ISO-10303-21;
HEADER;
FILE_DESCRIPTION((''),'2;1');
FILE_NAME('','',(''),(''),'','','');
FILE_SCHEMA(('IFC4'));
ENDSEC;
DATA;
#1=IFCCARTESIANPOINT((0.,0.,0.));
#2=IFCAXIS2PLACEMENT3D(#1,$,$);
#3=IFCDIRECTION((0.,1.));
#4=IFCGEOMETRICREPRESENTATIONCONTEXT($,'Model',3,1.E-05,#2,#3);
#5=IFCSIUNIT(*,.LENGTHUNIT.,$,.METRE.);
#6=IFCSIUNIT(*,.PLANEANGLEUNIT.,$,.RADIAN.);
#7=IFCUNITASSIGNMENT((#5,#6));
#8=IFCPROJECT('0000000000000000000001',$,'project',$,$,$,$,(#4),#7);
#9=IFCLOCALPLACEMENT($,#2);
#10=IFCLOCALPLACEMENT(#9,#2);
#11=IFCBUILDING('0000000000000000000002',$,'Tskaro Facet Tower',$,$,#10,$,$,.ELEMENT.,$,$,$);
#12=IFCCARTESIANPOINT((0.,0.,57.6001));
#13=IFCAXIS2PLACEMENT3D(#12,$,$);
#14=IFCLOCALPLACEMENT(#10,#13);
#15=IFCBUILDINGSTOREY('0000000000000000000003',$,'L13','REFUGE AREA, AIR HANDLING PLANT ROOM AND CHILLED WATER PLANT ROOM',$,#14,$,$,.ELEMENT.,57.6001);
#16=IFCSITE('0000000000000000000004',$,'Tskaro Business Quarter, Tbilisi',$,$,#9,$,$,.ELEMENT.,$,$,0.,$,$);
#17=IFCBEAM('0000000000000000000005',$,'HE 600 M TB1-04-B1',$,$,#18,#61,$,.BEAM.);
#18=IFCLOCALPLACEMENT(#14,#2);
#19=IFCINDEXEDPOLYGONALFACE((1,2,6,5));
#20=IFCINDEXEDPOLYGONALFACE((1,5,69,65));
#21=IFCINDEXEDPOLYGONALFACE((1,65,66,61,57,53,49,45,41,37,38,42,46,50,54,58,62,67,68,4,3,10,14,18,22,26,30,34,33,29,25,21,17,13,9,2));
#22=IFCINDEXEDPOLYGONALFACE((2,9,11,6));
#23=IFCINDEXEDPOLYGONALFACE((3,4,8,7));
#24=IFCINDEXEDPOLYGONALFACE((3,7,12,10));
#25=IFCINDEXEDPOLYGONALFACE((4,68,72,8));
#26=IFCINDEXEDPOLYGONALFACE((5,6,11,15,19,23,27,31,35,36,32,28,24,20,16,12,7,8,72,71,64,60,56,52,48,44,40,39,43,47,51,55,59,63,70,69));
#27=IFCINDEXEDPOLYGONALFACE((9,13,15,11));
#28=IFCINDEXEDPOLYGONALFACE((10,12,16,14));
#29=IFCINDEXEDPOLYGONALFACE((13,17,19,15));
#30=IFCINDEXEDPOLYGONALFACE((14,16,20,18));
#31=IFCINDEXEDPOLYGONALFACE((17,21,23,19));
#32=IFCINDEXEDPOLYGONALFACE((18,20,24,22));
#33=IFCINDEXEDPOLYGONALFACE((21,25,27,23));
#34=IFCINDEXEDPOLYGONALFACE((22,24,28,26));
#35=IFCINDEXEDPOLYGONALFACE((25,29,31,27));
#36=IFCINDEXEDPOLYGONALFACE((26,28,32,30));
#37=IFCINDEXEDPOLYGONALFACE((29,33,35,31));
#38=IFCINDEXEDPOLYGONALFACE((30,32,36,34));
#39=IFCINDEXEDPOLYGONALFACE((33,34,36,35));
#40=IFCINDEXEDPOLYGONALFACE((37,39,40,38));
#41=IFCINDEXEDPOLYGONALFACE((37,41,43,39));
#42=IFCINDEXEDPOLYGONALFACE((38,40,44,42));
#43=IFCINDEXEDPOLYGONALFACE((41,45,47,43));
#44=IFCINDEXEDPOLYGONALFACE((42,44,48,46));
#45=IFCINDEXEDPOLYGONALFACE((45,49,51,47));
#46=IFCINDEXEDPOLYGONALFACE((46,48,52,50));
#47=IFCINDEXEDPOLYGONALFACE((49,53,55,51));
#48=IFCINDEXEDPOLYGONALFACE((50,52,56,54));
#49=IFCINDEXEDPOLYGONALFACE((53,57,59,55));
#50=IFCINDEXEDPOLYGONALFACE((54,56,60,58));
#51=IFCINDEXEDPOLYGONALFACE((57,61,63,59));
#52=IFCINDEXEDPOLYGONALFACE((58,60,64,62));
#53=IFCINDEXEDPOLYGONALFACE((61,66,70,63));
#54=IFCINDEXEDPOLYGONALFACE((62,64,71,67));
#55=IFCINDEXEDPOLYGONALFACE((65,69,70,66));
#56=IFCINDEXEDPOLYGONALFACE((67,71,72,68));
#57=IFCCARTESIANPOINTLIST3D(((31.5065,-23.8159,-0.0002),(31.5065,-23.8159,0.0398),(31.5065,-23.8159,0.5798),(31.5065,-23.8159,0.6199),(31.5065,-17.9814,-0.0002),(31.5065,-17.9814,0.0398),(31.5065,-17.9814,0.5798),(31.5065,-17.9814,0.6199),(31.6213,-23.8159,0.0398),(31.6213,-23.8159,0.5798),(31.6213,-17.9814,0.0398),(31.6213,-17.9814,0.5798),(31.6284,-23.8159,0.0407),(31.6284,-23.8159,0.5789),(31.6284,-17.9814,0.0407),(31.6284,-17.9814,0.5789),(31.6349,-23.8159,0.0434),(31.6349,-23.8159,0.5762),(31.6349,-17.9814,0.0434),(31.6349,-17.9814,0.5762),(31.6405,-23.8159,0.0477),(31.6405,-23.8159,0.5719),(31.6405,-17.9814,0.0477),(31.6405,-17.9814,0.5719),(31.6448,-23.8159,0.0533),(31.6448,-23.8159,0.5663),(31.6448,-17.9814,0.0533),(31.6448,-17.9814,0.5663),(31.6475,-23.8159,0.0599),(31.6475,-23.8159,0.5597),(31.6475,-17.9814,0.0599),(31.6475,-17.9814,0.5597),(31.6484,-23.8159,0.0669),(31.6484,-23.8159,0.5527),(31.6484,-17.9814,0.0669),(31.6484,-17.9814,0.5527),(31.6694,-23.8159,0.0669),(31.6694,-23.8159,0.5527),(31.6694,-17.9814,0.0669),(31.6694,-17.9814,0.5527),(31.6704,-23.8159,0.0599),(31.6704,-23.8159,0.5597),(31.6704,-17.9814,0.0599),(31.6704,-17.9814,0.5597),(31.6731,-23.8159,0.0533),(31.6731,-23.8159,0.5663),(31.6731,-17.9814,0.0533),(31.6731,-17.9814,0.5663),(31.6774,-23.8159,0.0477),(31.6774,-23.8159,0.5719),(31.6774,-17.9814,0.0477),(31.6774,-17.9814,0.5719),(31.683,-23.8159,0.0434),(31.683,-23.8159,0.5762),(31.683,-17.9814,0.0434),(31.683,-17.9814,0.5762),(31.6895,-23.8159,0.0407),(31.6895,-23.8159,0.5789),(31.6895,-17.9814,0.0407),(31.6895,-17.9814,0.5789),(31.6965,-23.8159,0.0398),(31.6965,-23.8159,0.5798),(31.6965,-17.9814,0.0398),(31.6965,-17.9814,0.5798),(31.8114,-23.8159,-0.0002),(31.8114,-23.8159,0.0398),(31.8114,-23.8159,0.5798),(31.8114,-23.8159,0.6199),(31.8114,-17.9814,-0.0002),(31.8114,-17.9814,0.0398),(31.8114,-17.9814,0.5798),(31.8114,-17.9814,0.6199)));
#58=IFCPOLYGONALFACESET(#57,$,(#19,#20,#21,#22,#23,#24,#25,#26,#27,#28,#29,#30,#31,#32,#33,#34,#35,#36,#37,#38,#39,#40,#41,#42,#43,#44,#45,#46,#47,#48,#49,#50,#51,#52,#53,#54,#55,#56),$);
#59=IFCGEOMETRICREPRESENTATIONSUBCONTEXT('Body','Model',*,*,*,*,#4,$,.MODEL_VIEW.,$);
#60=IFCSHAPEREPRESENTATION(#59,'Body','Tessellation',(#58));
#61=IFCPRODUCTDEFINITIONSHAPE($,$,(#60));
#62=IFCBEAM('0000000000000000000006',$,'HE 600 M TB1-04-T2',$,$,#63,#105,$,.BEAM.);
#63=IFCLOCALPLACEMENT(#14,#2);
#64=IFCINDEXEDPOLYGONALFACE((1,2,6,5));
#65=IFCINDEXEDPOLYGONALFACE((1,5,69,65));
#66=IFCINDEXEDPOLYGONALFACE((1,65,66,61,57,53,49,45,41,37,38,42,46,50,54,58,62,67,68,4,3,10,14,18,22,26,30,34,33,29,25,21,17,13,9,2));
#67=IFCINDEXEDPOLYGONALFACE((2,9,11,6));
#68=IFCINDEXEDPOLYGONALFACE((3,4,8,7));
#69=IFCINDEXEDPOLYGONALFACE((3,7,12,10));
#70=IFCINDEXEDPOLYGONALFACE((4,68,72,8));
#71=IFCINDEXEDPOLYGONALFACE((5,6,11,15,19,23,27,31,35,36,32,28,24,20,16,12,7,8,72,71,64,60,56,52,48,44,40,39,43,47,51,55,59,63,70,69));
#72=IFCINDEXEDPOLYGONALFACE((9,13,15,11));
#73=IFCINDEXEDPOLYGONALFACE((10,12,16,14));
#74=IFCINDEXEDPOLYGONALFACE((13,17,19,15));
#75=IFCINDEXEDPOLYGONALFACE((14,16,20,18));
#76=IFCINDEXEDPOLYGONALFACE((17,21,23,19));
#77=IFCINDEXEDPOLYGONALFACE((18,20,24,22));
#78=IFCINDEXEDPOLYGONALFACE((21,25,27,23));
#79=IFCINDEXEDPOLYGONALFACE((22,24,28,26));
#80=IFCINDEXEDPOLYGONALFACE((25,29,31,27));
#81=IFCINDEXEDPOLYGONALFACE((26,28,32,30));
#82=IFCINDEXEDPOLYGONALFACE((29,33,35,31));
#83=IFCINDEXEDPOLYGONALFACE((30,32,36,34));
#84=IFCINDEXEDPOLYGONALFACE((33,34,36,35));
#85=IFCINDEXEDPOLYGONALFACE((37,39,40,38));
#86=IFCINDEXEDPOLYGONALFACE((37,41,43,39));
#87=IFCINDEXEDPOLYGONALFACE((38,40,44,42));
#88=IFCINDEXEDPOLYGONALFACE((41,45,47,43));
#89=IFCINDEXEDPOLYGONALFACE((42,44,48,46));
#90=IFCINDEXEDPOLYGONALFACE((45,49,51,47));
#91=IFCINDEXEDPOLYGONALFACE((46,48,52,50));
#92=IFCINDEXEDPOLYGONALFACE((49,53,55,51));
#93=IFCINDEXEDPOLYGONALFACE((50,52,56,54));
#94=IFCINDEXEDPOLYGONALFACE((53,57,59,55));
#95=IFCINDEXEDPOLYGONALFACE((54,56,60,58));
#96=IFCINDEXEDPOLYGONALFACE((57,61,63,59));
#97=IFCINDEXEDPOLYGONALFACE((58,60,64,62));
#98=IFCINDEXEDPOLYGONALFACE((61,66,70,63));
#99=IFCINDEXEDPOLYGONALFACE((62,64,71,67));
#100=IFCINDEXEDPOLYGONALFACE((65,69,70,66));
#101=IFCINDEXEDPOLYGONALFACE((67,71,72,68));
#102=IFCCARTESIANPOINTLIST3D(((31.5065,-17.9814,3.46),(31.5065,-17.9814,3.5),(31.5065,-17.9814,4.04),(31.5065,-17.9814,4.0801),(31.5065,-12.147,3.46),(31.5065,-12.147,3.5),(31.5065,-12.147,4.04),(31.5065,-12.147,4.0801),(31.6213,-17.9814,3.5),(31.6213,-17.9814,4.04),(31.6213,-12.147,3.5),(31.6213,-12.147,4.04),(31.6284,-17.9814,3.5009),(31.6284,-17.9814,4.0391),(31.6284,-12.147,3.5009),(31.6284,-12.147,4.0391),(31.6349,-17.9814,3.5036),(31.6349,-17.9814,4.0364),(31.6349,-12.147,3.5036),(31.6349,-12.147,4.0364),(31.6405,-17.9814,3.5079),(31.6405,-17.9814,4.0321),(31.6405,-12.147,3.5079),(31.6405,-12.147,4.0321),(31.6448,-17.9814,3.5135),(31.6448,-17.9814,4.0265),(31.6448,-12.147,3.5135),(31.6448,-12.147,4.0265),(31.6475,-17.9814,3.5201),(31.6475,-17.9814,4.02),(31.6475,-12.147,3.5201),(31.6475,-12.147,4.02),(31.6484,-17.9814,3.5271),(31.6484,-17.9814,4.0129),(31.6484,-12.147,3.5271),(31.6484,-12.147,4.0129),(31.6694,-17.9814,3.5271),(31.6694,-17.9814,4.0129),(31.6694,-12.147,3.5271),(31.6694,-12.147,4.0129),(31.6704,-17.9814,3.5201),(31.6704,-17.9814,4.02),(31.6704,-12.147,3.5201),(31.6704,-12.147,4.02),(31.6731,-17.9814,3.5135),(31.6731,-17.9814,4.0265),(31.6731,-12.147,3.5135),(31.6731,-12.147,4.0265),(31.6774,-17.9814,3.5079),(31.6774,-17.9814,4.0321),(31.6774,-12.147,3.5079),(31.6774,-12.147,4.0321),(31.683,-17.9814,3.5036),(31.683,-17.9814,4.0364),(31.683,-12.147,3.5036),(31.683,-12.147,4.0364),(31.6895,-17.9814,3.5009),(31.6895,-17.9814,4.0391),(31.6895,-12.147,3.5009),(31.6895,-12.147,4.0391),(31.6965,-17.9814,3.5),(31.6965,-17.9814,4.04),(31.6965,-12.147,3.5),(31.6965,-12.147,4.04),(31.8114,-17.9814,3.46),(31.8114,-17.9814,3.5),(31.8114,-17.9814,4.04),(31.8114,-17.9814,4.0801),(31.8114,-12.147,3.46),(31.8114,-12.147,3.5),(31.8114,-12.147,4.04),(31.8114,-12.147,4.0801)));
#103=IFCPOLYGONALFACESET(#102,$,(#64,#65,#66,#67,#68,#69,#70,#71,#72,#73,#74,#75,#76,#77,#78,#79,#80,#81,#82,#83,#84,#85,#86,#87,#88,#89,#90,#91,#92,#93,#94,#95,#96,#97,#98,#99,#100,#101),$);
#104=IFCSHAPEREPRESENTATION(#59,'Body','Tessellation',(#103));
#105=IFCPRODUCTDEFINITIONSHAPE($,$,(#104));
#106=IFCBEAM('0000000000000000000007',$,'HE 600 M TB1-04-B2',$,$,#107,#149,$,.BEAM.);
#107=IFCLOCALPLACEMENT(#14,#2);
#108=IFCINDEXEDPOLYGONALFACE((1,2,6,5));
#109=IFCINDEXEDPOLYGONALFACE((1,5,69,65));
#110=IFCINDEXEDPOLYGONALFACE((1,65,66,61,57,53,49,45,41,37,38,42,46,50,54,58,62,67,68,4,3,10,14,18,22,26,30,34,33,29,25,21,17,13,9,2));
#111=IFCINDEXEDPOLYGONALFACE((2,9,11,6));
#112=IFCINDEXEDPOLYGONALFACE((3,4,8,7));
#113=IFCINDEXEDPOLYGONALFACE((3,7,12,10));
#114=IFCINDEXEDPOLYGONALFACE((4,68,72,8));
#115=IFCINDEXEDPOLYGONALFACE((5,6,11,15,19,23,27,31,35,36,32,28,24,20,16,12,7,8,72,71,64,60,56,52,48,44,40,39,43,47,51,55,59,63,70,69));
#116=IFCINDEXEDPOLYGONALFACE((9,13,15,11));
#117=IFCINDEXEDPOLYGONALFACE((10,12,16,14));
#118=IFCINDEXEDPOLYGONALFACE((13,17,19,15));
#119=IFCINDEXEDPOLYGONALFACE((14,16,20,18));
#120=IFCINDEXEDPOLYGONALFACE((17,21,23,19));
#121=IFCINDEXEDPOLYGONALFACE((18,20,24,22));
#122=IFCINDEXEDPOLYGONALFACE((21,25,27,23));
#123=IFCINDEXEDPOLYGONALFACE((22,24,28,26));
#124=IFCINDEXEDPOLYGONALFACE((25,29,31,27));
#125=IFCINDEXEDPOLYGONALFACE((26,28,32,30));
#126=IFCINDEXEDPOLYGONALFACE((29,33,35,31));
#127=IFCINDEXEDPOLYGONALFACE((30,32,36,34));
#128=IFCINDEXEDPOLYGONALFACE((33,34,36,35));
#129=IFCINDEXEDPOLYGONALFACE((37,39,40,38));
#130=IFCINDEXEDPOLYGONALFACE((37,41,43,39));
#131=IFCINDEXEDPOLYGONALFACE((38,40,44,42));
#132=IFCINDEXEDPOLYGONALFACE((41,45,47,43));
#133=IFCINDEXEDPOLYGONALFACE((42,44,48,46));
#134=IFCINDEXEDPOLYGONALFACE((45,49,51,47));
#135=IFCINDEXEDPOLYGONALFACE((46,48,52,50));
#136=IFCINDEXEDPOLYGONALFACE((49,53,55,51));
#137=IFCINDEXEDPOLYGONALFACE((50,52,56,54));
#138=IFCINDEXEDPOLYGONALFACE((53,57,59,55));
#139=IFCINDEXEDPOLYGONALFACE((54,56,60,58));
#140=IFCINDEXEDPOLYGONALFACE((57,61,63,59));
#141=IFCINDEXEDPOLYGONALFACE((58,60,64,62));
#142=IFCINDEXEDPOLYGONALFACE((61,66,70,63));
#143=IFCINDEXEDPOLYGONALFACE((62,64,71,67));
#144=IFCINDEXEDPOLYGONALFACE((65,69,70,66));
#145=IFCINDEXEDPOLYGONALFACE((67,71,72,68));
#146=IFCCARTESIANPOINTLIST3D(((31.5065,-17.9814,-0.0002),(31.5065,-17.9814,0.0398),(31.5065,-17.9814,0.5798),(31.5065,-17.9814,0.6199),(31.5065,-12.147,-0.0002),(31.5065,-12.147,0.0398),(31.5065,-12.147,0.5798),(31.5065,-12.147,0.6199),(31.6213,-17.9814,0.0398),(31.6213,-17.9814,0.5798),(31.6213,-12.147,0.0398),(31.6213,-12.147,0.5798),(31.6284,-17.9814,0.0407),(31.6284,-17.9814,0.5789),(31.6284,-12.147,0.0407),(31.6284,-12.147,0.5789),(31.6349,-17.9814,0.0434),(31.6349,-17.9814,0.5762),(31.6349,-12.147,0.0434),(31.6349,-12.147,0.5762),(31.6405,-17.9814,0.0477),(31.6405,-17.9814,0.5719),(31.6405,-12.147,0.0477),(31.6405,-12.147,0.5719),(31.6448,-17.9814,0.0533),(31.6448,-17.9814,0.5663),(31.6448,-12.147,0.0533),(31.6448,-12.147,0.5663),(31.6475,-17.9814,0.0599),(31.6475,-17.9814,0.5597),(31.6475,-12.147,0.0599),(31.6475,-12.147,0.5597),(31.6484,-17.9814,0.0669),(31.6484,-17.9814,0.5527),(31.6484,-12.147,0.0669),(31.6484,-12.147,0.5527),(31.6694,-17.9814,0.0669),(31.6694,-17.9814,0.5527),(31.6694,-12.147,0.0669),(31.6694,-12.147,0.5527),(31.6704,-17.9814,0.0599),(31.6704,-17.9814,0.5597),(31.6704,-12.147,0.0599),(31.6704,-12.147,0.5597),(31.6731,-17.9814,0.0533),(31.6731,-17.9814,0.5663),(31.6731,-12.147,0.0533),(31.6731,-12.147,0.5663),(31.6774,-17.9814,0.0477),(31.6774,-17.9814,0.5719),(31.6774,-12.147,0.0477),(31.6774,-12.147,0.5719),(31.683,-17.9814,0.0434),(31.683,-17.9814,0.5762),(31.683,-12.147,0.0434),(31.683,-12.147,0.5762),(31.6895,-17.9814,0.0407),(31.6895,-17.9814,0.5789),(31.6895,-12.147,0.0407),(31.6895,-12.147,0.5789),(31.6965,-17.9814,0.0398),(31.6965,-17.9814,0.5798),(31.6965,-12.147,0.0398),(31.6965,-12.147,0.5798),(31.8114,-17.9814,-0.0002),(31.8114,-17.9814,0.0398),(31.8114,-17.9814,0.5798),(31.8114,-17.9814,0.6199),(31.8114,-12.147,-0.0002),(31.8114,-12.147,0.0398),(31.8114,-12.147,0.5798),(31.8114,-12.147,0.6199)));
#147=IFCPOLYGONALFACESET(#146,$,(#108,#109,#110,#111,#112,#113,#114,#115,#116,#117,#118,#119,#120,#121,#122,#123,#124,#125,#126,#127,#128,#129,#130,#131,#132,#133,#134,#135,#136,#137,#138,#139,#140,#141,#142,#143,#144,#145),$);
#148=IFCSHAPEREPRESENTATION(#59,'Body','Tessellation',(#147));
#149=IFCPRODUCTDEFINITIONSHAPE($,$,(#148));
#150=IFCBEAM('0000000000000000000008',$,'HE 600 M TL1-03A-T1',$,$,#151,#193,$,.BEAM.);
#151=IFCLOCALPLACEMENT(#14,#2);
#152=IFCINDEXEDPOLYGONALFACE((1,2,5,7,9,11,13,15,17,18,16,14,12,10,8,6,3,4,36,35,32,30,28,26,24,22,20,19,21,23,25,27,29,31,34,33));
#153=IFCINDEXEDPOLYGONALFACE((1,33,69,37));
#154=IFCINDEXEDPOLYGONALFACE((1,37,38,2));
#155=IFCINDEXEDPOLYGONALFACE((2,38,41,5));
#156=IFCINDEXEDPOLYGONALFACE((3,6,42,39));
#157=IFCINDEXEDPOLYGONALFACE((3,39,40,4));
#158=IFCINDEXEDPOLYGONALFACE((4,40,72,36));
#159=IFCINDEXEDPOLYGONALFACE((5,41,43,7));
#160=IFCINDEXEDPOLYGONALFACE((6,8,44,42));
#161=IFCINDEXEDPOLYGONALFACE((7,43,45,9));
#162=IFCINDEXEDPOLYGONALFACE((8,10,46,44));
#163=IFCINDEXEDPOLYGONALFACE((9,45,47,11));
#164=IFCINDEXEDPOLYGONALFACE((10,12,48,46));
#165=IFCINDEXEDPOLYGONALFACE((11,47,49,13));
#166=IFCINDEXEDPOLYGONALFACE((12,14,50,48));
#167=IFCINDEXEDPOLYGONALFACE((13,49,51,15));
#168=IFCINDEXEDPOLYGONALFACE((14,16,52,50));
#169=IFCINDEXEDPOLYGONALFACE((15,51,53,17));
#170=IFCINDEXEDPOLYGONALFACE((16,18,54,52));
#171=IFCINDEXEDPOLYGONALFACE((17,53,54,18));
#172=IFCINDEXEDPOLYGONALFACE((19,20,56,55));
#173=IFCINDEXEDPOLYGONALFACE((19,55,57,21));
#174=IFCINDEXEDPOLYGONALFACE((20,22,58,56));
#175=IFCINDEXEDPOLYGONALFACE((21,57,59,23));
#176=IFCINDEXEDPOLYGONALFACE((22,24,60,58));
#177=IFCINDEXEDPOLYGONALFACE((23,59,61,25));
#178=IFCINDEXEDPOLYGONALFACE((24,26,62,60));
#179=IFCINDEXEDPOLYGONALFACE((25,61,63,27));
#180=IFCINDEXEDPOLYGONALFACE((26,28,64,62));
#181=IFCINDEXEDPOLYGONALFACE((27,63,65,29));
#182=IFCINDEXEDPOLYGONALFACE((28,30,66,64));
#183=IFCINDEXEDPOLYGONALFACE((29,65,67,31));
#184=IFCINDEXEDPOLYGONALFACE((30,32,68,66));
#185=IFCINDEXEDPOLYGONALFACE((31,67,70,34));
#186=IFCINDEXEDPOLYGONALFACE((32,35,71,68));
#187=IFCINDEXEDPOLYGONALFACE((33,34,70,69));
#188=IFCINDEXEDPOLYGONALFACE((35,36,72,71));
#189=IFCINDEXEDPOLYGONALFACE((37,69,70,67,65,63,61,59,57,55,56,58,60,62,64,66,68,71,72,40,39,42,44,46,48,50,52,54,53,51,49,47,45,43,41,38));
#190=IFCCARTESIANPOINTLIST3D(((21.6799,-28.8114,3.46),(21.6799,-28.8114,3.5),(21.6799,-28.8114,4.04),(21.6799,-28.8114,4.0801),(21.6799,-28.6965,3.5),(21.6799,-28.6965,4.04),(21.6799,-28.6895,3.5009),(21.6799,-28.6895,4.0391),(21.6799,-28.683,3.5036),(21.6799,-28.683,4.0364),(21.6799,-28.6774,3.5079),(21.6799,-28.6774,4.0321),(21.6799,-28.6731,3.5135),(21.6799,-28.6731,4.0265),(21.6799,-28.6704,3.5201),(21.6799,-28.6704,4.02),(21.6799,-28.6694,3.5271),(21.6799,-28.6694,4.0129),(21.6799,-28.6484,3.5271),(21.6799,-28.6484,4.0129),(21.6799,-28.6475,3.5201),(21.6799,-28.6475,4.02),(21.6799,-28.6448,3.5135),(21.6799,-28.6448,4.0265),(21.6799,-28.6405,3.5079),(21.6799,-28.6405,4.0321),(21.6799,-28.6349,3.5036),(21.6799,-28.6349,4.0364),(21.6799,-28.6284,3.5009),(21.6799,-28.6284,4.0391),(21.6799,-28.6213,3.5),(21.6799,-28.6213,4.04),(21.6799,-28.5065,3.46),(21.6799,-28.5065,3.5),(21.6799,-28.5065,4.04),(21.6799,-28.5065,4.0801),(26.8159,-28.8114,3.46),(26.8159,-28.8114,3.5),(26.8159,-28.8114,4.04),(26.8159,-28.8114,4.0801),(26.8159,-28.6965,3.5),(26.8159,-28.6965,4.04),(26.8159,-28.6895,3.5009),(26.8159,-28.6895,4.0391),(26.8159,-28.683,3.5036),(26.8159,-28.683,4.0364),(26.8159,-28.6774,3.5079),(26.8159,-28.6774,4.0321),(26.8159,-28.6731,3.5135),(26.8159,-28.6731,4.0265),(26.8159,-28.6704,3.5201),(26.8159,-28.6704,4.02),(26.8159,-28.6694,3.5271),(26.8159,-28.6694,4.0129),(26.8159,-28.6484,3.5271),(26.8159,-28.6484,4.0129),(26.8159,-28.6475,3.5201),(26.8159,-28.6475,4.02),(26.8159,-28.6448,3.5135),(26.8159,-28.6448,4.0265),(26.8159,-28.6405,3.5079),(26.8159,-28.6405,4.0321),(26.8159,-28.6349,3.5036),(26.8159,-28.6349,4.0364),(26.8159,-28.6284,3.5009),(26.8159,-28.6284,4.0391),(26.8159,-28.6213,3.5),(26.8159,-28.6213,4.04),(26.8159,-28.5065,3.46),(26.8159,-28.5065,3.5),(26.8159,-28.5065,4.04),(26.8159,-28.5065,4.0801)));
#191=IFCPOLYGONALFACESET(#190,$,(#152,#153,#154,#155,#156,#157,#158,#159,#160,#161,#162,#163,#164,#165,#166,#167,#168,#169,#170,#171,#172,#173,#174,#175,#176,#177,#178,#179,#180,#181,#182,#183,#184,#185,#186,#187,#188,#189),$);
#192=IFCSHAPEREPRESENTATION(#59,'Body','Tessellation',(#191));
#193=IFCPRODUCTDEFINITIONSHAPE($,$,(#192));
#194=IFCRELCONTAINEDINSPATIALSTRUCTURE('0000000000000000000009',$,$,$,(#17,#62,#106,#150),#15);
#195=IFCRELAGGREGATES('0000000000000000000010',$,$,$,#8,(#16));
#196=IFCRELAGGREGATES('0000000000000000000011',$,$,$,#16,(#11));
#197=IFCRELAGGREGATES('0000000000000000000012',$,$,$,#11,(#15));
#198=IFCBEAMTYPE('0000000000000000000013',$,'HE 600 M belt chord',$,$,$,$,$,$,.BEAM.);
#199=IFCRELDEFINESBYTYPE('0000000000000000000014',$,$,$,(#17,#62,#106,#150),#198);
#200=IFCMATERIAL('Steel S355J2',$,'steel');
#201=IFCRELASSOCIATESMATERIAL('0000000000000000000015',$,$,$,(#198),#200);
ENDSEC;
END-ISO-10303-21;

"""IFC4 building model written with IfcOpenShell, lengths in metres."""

from ifc_helpers import new_model, si_unit, direction, frame, origin, origin_2d, place, context, subcontext, project, spatial, i_section, extrude, material, material_profile, profile_set, type_object, element, save


model = new_model("IFC4")

# Units and contexts
model_context = context("Model", 3, precision=1e-05, world=origin(), true_north=direction((0.0, 1.0)))
body_context = subcontext(model_context, "Body", "Model", "MODEL_VIEW")
ifc_project = project(units=[si_unit("LENGTHUNIT", "METRE"), si_unit("PLANEANGLEUNIT", "RADIAN")], contexts=[model_context])

# Site, building, storey
site_placement = place(None, origin())
site = spatial("IfcSite", under=ifc_project, at=site_placement, Name="Tskaro Business Quarter, Tbilisi", CompositionType="ELEMENT", RefElevation=0.0)
building_placement = place(site_placement, origin())
building = spatial("IfcBuilding", under=site, at=building_placement, Name="Tskaro Facet Tower", CompositionType="ELEMENT")
storey_placement = place(building_placement, frame((0.0, 0.0, 57.6001)))
storey = spatial("IfcBuildingStorey", under=building, at=storey_placement, Name="L13", Description="REFUGE AREA, AIR HANDLING PLANT ROOM AND CHILLED WATER PLANT ROOM", CompositionType="ELEMENT", Elevation=57.6001)

# Shared definitions
ifc_material_1 = material(Name="Steel S355J2", Category="steel")

# Beams
ifc_material_profile_1 = material_profile(ifc_material_1, i_section(OverallWidth=0.3049, OverallDepth=0.6201, WebThickness=0.021, FlangeThickness=0.04, FilletRadius=0.0271, at=origin_2d()), Name="HE 600 M")
ifc_profile_set_1 = profile_set([ifc_material_profile_1], Name="Steel S355J2")
beam_type_1 = type_object("IfcBeamType", Name="HE 600 M belt chord", PredefinedType="BEAM", material=ifc_profile_set_1)
for number, where, z_axis, x_axis, name in (
    (1, (31.6589, -23.8159, 0.3098), (0.0, 1.0, 0.0), (-1.0, 0.0, 0.0), "HE 600 M TB1-04-B1"),
    (2, (31.6589, -17.9814, 3.77), (0.0, 1.0, 0.0), (-1.0, 0.0, 0.0), "HE 600 M TB1-04-T2"),
    (3, (31.6589, -17.9814, 0.3098), (0.0, 1.0, 0.0), (-1.0, 0.0, 0.0), "HE 600 M TB1-04-B2"),
):
    element("IfcBeam", number, at=place(storey_placement, frame(where, z_axis=z_axis, x_axis=x_axis)), inside=storey, type_object=beam_type_1, Name=name, PredefinedType="BEAM", context=body_context, shape_type="SweptSolid", body=[
        extrude(i_section(OverallWidth=0.3049, OverallDepth=0.6201, WebThickness=0.021, FlangeThickness=0.04, FilletRadius=0.0271, at=origin_2d()), origin(), (0.0, 0.0, 1.0), 5.8345),
    ])
for number, where, z_axis, x_axis, name in (
    (4, (21.6799, -28.6589, 3.77), (1.0, 0.0, 0.0), (0.0, 1.0, 0.0), "HE 600 M TL1-03A-T1"),
):
    element("IfcBeam", number, at=place(storey_placement, frame(where, z_axis=z_axis, x_axis=x_axis)), inside=storey, type_object=beam_type_1, Name=name, PredefinedType="BEAM", context=body_context, shape_type="SweptSolid", body=[
        extrude(i_section(OverallWidth=0.3049, OverallDepth=0.6201, WebThickness=0.021, FlangeThickness=0.04, FilletRadius=0.0271, at=origin_2d()), origin(), (0.0, 0.0, 1.0), 5.136),
    ])

save(model, "model.ifc")
